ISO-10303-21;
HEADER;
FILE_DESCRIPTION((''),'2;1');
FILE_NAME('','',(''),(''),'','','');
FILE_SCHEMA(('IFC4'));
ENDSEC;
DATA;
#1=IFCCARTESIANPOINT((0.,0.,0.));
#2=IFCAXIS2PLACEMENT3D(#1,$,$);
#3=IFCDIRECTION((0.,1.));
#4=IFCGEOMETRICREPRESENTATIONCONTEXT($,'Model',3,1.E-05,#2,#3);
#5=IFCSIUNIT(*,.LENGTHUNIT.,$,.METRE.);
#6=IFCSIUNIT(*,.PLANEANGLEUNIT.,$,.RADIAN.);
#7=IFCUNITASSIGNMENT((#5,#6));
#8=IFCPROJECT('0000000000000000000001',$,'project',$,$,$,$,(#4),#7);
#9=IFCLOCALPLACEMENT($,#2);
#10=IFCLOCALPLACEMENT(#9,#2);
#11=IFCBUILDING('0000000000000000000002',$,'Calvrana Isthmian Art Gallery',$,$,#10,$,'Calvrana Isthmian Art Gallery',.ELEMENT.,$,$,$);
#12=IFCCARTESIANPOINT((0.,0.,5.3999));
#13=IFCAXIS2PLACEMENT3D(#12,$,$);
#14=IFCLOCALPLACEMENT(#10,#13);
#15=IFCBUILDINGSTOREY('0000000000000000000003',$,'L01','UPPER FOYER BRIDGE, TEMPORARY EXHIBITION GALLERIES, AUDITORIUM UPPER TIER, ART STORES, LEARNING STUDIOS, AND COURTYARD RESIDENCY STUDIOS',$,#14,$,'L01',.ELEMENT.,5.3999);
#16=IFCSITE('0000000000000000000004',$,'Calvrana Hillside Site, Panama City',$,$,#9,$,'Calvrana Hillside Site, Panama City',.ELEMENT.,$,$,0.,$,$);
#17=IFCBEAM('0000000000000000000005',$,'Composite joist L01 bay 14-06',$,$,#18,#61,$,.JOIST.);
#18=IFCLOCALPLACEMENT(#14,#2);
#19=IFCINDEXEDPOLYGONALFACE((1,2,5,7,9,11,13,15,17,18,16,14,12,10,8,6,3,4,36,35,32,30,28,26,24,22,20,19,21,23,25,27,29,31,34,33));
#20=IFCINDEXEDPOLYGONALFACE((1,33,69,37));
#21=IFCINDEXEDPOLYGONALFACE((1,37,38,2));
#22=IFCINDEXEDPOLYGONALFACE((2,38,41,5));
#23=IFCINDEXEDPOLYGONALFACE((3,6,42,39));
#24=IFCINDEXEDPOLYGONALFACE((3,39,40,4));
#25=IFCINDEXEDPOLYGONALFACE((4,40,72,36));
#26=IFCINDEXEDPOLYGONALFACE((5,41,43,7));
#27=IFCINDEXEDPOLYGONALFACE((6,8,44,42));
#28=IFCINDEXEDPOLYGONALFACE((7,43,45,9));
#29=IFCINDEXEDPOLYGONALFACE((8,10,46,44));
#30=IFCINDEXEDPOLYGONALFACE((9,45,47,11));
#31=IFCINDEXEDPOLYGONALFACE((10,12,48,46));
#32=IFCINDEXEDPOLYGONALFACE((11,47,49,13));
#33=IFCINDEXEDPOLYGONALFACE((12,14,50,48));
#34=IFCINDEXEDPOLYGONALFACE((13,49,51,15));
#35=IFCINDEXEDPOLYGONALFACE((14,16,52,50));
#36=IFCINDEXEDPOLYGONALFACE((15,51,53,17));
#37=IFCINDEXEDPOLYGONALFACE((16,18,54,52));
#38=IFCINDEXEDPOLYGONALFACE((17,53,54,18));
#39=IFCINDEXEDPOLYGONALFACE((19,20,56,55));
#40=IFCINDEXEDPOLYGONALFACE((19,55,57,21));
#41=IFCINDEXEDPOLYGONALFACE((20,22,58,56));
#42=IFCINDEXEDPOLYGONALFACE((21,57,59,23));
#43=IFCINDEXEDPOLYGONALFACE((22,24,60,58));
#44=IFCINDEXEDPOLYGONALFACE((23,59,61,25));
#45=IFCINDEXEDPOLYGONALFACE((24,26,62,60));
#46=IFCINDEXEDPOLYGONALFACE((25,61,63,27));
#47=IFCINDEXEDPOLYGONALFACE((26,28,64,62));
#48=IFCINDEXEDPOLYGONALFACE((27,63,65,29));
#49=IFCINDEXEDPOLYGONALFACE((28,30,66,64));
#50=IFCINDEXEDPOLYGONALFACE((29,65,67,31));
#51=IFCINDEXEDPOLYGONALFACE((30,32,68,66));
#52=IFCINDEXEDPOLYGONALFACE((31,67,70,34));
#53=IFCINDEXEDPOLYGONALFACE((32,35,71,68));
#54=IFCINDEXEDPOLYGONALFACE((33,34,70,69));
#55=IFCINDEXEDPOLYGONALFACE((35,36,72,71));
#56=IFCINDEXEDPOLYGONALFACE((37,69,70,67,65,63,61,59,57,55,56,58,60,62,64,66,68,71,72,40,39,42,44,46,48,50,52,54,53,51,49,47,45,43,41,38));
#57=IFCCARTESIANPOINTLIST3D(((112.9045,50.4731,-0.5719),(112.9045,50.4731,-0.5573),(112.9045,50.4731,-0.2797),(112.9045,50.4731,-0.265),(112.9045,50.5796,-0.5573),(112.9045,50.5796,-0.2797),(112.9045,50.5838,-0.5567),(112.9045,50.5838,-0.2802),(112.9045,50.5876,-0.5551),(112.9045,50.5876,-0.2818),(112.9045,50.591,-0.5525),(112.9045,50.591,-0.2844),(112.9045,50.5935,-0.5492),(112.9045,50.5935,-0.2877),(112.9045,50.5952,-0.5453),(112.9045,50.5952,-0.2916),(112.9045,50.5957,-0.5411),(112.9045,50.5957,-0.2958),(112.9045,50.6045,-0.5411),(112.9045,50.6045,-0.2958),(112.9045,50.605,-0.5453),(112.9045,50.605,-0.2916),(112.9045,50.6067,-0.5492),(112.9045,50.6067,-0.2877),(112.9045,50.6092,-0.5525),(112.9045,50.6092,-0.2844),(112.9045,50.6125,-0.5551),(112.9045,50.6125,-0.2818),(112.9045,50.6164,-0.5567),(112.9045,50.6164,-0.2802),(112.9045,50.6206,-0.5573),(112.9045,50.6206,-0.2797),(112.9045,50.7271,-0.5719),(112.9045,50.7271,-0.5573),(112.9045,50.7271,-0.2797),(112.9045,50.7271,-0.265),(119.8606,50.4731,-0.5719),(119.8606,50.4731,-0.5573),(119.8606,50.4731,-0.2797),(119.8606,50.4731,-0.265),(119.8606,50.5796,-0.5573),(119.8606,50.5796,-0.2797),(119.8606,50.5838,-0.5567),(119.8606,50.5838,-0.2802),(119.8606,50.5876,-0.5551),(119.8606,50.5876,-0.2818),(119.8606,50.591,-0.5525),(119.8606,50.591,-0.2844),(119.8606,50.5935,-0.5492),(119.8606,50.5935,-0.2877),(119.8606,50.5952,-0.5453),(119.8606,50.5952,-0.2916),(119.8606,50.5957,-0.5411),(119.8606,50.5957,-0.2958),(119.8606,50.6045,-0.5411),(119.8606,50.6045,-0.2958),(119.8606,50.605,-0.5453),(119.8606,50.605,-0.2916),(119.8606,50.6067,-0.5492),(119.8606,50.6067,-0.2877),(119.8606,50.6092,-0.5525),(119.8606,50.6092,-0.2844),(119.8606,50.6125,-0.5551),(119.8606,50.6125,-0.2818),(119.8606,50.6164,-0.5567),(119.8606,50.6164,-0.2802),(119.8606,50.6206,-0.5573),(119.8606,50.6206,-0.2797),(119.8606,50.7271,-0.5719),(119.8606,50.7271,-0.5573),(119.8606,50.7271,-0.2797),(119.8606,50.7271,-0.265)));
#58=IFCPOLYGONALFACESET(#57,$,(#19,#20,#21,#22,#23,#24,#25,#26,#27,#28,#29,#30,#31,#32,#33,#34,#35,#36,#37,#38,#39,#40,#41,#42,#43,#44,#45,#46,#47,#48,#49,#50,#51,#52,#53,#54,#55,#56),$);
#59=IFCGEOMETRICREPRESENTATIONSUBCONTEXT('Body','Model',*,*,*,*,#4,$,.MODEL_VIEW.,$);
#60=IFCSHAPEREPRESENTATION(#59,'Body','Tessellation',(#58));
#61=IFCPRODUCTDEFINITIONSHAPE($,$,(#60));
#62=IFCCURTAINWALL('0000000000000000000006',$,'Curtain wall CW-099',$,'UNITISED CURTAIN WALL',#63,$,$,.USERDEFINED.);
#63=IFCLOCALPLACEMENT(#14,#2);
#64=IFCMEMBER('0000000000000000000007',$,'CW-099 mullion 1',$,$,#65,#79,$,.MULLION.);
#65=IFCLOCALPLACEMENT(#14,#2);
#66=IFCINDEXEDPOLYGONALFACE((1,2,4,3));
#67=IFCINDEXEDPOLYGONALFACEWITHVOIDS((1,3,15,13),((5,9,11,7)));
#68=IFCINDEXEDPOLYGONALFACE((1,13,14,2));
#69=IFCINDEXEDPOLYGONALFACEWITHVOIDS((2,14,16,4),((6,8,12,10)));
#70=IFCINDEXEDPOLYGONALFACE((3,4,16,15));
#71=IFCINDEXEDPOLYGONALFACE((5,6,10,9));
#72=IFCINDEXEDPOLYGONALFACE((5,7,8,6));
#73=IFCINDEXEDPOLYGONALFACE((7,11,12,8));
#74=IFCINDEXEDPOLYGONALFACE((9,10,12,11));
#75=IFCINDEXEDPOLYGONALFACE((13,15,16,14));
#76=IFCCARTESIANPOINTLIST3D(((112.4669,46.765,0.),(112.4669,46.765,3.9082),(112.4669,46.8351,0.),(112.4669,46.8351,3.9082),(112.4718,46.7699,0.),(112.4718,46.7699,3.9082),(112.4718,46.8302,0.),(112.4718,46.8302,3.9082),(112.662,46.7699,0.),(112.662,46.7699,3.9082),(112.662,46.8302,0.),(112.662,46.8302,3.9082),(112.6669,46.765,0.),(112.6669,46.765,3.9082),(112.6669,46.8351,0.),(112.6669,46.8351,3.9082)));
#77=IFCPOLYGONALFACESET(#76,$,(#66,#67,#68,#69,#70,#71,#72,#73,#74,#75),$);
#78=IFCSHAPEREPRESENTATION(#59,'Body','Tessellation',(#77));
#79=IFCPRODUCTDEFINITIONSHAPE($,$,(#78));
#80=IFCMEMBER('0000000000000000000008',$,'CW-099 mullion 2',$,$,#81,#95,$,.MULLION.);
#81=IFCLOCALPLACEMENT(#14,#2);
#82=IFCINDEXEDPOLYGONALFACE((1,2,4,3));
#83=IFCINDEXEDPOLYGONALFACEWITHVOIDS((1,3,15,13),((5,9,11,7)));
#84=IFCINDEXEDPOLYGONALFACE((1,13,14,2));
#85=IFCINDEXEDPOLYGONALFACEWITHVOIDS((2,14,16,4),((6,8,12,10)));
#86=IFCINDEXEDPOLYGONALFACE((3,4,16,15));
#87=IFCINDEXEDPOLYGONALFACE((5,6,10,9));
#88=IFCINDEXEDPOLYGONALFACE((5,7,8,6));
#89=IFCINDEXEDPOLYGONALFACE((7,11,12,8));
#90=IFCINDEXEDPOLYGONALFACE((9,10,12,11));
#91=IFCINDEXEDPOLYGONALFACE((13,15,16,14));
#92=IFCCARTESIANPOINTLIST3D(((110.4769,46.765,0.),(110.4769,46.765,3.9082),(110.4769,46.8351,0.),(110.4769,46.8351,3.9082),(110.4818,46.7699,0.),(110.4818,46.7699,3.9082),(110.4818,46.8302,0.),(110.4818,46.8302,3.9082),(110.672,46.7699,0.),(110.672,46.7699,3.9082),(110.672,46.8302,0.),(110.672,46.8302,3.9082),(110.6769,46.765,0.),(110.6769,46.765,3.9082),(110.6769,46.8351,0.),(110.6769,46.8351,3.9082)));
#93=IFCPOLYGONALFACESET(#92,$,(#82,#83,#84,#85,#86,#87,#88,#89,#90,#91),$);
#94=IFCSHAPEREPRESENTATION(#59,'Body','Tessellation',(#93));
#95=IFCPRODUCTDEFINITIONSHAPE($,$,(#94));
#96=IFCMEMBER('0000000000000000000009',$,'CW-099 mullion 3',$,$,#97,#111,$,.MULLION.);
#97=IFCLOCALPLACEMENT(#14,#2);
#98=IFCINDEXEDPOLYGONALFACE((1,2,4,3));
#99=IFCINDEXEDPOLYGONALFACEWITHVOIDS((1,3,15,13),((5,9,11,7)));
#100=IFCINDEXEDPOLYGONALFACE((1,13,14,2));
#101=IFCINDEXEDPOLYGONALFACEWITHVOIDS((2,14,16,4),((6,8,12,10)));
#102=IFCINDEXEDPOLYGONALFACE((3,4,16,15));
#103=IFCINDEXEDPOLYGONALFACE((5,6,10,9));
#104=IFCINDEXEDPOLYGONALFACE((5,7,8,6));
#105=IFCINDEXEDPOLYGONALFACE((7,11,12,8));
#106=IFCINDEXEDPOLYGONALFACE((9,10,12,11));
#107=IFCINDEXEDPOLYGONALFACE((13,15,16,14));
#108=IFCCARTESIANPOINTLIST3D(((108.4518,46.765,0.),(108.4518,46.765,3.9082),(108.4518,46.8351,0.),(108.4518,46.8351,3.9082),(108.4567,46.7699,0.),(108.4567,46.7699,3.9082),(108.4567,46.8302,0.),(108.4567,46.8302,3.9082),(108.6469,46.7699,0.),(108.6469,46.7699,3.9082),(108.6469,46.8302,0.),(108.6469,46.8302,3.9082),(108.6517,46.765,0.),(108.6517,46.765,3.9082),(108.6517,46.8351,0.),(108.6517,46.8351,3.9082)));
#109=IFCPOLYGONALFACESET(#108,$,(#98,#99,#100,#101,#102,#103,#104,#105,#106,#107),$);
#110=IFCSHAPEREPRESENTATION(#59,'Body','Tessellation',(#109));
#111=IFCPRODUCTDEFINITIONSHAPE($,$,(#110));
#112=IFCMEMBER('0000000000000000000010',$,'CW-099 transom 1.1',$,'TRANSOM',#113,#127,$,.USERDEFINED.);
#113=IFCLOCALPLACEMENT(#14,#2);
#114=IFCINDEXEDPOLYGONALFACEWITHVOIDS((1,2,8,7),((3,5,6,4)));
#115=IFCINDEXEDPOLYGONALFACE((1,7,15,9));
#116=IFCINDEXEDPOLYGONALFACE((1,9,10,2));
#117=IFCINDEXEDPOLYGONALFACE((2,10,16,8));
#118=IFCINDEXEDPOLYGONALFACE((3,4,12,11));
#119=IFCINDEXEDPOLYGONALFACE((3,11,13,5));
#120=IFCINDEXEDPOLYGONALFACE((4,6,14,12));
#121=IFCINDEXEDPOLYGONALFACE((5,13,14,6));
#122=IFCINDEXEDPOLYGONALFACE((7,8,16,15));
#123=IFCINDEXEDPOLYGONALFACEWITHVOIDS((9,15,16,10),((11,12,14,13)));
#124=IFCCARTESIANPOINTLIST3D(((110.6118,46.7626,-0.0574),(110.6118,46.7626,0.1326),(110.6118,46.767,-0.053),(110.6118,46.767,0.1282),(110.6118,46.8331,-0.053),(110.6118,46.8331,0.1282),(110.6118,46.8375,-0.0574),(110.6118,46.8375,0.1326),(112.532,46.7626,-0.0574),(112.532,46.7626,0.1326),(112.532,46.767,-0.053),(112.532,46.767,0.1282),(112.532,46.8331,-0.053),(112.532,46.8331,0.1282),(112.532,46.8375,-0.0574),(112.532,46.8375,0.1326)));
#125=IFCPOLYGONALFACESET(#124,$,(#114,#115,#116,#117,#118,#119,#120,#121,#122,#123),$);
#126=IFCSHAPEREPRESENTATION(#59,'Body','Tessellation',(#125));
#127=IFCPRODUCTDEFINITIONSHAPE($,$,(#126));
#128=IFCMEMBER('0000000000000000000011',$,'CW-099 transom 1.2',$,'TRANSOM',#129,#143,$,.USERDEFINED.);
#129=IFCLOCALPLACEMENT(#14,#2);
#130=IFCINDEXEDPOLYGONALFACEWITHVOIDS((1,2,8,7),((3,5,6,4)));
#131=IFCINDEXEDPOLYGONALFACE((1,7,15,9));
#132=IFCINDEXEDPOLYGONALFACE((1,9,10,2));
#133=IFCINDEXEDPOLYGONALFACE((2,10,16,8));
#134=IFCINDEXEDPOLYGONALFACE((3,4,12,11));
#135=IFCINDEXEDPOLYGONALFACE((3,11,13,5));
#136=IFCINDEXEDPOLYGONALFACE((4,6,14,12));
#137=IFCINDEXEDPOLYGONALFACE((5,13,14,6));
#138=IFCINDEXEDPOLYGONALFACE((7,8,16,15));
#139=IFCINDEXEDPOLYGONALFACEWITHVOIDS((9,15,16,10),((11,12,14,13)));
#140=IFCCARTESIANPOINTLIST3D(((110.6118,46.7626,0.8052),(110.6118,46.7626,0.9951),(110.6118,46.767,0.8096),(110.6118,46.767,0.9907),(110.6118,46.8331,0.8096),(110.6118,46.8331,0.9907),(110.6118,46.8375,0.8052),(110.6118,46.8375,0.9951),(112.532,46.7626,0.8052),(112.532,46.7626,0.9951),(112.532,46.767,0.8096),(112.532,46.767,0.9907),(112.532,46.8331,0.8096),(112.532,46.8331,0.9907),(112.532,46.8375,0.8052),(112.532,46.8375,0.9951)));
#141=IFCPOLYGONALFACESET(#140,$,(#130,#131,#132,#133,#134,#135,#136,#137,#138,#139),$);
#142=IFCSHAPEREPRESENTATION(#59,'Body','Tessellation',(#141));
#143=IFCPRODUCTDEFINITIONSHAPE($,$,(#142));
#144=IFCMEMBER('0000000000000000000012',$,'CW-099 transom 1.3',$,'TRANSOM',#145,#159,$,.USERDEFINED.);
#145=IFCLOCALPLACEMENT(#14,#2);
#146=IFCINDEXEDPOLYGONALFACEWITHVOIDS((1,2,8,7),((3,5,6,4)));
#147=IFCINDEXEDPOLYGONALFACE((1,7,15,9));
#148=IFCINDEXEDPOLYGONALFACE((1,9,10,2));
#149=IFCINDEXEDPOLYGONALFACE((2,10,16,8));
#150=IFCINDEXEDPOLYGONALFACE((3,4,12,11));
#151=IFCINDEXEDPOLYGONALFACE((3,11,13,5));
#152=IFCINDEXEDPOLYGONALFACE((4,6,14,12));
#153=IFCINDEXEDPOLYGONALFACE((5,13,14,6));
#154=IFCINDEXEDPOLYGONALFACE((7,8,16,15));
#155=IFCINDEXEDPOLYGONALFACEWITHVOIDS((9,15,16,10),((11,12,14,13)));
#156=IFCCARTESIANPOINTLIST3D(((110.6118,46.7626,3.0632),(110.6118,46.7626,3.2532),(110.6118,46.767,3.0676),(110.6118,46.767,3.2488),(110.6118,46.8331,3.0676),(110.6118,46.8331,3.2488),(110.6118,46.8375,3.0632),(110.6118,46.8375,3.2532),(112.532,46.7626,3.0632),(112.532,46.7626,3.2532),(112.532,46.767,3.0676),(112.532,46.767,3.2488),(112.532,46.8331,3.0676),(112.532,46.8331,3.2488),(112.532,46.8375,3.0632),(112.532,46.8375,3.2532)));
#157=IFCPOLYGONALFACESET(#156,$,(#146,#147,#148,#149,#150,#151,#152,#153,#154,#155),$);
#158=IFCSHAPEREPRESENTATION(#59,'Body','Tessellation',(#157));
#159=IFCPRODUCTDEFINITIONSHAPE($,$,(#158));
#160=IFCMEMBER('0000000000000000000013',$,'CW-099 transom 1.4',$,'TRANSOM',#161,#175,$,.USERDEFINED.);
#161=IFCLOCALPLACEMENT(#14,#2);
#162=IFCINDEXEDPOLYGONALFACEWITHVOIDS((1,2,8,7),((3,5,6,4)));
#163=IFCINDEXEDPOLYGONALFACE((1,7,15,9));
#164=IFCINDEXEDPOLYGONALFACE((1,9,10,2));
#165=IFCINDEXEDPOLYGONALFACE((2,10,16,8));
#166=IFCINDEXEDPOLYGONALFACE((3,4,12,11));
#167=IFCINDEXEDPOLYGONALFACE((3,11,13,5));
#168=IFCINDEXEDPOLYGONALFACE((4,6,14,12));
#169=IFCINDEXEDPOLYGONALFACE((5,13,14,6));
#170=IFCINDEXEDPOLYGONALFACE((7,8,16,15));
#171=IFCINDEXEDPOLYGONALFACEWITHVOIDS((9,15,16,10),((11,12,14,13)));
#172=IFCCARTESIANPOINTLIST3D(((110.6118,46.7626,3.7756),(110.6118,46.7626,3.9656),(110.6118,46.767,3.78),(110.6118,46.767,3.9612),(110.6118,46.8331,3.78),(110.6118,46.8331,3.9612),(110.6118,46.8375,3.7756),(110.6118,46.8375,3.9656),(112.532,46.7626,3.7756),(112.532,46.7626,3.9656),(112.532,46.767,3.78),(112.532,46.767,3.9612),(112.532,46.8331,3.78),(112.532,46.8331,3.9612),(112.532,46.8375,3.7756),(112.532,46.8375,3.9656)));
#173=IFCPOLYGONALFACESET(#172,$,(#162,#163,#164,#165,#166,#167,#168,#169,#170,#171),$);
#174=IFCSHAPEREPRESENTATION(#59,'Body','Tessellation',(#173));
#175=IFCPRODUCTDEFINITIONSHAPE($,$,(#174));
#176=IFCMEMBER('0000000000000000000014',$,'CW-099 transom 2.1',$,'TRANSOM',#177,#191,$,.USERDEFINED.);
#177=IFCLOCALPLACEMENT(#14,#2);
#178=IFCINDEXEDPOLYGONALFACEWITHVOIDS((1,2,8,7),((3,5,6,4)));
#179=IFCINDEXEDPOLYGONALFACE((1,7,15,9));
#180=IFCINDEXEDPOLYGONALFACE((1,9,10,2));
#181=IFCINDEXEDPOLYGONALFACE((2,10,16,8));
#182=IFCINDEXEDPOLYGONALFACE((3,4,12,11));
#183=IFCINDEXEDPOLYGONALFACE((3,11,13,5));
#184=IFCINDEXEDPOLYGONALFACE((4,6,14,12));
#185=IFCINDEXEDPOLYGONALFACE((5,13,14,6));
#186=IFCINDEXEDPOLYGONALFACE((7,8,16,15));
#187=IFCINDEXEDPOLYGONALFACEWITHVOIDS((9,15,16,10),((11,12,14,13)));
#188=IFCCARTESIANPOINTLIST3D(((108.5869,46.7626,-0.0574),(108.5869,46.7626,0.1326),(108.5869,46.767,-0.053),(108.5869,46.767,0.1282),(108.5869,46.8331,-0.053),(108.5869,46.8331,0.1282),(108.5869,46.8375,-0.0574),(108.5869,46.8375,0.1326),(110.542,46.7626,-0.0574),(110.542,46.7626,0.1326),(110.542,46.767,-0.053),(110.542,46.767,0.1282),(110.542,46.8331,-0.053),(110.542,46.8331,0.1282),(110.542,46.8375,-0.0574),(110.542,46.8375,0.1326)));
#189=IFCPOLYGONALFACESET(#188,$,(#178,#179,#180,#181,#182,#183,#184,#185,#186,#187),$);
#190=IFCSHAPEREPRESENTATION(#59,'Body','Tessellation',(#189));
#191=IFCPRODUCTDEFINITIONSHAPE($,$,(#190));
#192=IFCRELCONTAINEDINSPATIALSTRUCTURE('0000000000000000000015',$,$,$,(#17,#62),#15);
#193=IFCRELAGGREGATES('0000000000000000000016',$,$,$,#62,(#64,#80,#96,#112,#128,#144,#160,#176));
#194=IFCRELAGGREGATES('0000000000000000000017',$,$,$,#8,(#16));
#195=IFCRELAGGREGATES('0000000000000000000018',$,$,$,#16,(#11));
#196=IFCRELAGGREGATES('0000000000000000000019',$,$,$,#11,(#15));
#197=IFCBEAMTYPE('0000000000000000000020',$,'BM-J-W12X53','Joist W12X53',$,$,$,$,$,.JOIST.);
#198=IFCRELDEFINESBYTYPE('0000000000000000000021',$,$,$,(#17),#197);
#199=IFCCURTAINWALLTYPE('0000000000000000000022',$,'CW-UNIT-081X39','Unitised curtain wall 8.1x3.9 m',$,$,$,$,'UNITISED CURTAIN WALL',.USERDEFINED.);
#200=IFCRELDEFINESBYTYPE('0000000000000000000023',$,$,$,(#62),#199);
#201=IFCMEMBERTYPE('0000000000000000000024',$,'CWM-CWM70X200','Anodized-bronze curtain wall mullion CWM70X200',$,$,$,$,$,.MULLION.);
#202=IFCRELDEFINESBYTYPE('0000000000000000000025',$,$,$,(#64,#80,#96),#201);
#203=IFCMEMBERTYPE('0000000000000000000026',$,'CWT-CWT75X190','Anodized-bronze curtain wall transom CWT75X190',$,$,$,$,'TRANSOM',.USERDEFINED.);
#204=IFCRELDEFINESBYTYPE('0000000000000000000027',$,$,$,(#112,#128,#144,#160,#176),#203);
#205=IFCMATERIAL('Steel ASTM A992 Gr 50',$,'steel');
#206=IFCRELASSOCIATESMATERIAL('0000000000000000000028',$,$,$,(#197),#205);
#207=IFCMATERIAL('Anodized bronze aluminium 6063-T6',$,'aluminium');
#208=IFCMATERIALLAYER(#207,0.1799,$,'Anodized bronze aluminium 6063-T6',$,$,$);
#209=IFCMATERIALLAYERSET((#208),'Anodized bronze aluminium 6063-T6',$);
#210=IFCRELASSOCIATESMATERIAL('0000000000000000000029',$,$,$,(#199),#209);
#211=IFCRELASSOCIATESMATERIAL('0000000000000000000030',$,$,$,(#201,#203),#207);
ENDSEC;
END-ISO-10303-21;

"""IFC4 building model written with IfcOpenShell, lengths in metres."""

from ifc_helpers import new_model, si_unit, direction, frame, origin, origin_2d, place, context, subcontext, project, spatial, hollow_rectangle, i_section, extrude, material, layer, layer_set, material_profile, profile_set, type_object, element, aggregate, save


model = new_model("IFC4")

# Units and contexts
model_context = context("Model", 3, precision=1e-05, world=origin(), true_north=direction((0.0, 1.0)))
body_context = subcontext(model_context, "Body", "Model", "MODEL_VIEW")
ifc_project = project(units=[si_unit("LENGTHUNIT", "METRE"), si_unit("PLANEANGLEUNIT", "RADIAN")], contexts=[model_context])

# Site, building, storey
site_placement = place(None, origin())
site = spatial("IfcSite", under=ifc_project, at=site_placement, Name="Calvrana Hillside Site, Panama City", LongName="Calvrana Hillside Site, Panama City", CompositionType="ELEMENT", RefElevation=0.0)
building_placement = place(site_placement, origin())
building = spatial("IfcBuilding", under=site, at=building_placement, Name="Calvrana Isthmian Art Gallery", LongName="Calvrana Isthmian Art Gallery", CompositionType="ELEMENT")
storey_placement = place(building_placement, frame((0.0, 0.0, 5.3999)))
storey = spatial("IfcBuildingStorey", under=building, at=storey_placement, Name="L01", Description="UPPER FOYER BRIDGE, TEMPORARY EXHIBITION GALLERIES, AUDITORIUM UPPER TIER, ART STORES, LEARNING STUDIOS, AND COURTYARD RESIDENCY STUDIOS", LongName="L01", CompositionType="ELEMENT", Elevation=5.3999)

# Shared definitions
ifc_material_1 = material(Name="Steel ASTM A992 Gr 50", Category="steel")

# Beam
ifc_material_profile_1 = material_profile(ifc_material_1, i_section(OverallWidth=0.2539, OverallDepth=0.3069, WebThickness=0.0088, FlangeThickness=0.0146, FilletRadius=0.0161, at=origin_2d()), Name="W12X53")
ifc_profile_set_1 = profile_set([ifc_material_profile_1], Name="Steel ASTM A992 Gr 50")
beam_type_1 = type_object("IfcBeamType", Name="BM-J-W12X53", Description="Joist W12X53", PredefinedType="JOIST", material=ifc_profile_set_1)
beam_1_placement = place(storey_placement, frame((112.9045, 50.6001, -0.4185), z_axis=(1.0, 0.0, 0.0), x_axis=(0.0, 1.0, 0.0)))
element("IfcBeam", 1, at=beam_1_placement, inside=storey, type_object=beam_type_1, Name="Composite joist L01 bay 14-06", PredefinedType="JOIST", context=body_context, shape_type="SweptSolid", body=[
    extrude(i_section(OverallWidth=0.2539, OverallDepth=0.3069, WebThickness=0.0088, FlangeThickness=0.0146, FilletRadius=0.0161, at=origin_2d()), origin(), (0.0, 0.0, 1.0), 6.9561),
])

# Curtain wall, members
ifc_material_2 = material(Name="Anodized bronze aluminium 6063-T6", Category="aluminium")
ifc_layer_1 = layer(ifc_material_2, 0.1799, Name="Anodized bronze aluminium 6063-T6")
ifc_layer_set_1 = layer_set([ifc_layer_1], Name="Anodized bronze aluminium 6063-T6")
curtain_wall_type = type_object("IfcCurtainWallType", Name="CW-UNIT-081X39", Description="Unitised curtain wall 8.1x3.9 m", ElementType="UNITISED CURTAIN WALL", PredefinedType="USERDEFINED", material=ifc_layer_set_1)
curtain_wall_placement = place(storey_placement, origin())
curtain_wall = element("IfcCurtainWall", 2, at=curtain_wall_placement, inside=storey, type_object=curtain_wall_type, Name="Curtain wall CW-099", ObjectType="UNITISED CURTAIN WALL", PredefinedType="USERDEFINED")
ifc_material_profile_2 = material_profile(ifc_material_2, hollow_rectangle(XDim=0.0701, YDim=0.2, WallThickness=0.0049, at=origin_2d()), Name="CWM70X200")
ifc_profile_set_2 = profile_set([ifc_material_profile_2], Name="Anodized bronze aluminium 6063-T6")
member_type_1 = type_object("IfcMemberType", Name="CWM-CWM70X200", Description="Anodized-bronze curtain wall mullion CWM70X200", PredefinedType="MULLION", material=ifc_profile_set_2)
member_1_placement = place(storey_placement, frame((112.5669, 46.8, 0.0), z_axis=(0.0, 0.0, 1.0), x_axis=(0.0, -1.0, 0.0)))
member_1 = element("IfcMember", 3, at=member_1_placement, type_object=member_type_1, Name="CW-099 mullion 1", PredefinedType="MULLION", context=body_context, shape_type="SweptSolid", body=[
    extrude(hollow_rectangle(XDim=0.0701, YDim=0.2, WallThickness=0.0049, at=origin_2d()), origin(), (0.0, 0.0, 1.0), 3.9082),
])
member_2_placement = place(storey_placement, frame((110.5769, 46.8, 0.0), z_axis=(0.0, 0.0, 1.0), x_axis=(0.0, -1.0, 0.0)))
member_2 = element("IfcMember", 4, at=member_2_placement, type_object=member_type_1, Name="CW-099 mullion 2", PredefinedType="MULLION", context=body_context, shape_type="SweptSolid", body=[
    extrude(hollow_rectangle(XDim=0.0701, YDim=0.2, WallThickness=0.0049, at=origin_2d()), origin(), (0.0, 0.0, 1.0), 3.9082),
])
member_3_placement = place(storey_placement, frame((108.5518, 46.8, 0.0), z_axis=(0.0, 0.0, 1.0), x_axis=(0.0, -1.0, 0.0)))
member_3 = element("IfcMember", 5, at=member_3_placement, type_object=member_type_1, Name="CW-099 mullion 3", PredefinedType="MULLION", context=body_context, shape_type="SweptSolid", body=[
    extrude(hollow_rectangle(XDim=0.0701, YDim=0.2, WallThickness=0.0049, at=origin_2d()), origin(), (0.0, 0.0, 1.0), 3.9082),
])
ifc_material_profile_3 = material_profile(ifc_material_2, hollow_rectangle(XDim=0.075, YDim=0.1899, WallThickness=0.0044, at=origin_2d()), Name="CWT75X190")
ifc_profile_set_3 = profile_set([ifc_material_profile_3], Name="Anodized bronze aluminium 6063-T6")
member_type_2 = type_object("IfcMemberType", Name="CWT-CWT75X190", Description="Anodized-bronze curtain wall transom CWT75X190", ElementType="TRANSOM", PredefinedType="USERDEFINED", material=ifc_profile_set_3)
member_4_placement = place(storey_placement, frame((112.532, 46.8, 0.0376), z_axis=(-1.0, 0.0, 0.0), x_axis=(0.0, -1.0, 0.0)))
member_4 = element("IfcMember", 6, at=member_4_placement, type_object=member_type_2, Name="CW-099 transom 1.1", ObjectType="TRANSOM", PredefinedType="USERDEFINED", context=body_context, shape_type="SweptSolid", body=[
    extrude(hollow_rectangle(XDim=0.075, YDim=0.1899, WallThickness=0.0044, at=origin_2d()), origin(), (0.0, 0.0, 1.0), 1.9202),
])
member_5_placement = place(storey_placement, frame((112.532, 46.8, 0.9001), z_axis=(-1.0, 0.0, 0.0), x_axis=(0.0, -1.0, 0.0)))
member_5 = element("IfcMember", 7, at=member_5_placement, type_object=member_type_2, Name="CW-099 transom 1.2", ObjectType="TRANSOM", PredefinedType="USERDEFINED", context=body_context, shape_type="SweptSolid", body=[
    extrude(hollow_rectangle(XDim=0.075, YDim=0.1899, WallThickness=0.0044, at=origin_2d()), origin(), (0.0, 0.0, 1.0), 1.9202),
])
member_6_placement = place(storey_placement, frame((112.532, 46.8, 3.1582), z_axis=(-1.0, 0.0, 0.0), x_axis=(0.0, -1.0, 0.0)))
member_6 = element("IfcMember", 8, at=member_6_placement, type_object=member_type_2, Name="CW-099 transom 1.3", ObjectType="TRANSOM", PredefinedType="USERDEFINED", context=body_context, shape_type="SweptSolid", body=[
    extrude(hollow_rectangle(XDim=0.075, YDim=0.1899, WallThickness=0.0044, at=origin_2d()), origin(), (0.0, 0.0, 1.0), 1.9202),
])
member_7_placement = place(storey_placement, frame((112.532, 46.8, 3.8706), z_axis=(-1.0, 0.0, 0.0), x_axis=(0.0, -1.0, 0.0)))
member_7 = element("IfcMember", 9, at=member_7_placement, type_object=member_type_2, Name="CW-099 transom 1.4", ObjectType="TRANSOM", PredefinedType="USERDEFINED", context=body_context, shape_type="SweptSolid", body=[
    extrude(hollow_rectangle(XDim=0.075, YDim=0.1899, WallThickness=0.0044, at=origin_2d()), origin(), (0.0, 0.0, 1.0), 1.9202),
])
member_8_placement = place(storey_placement, frame((110.542, 46.8, 0.0376), z_axis=(-1.0, 0.0, 0.0), x_axis=(0.0, -1.0, 0.0)))
member_8 = element("IfcMember", 10, at=member_8_placement, type_object=member_type_2, Name="CW-099 transom 2.1", ObjectType="TRANSOM", PredefinedType="USERDEFINED", context=body_context, shape_type="SweptSolid", body=[
    extrude(hollow_rectangle(XDim=0.075, YDim=0.1899, WallThickness=0.0044, at=origin_2d()), origin(), (0.0, 0.0, 1.0), 1.9551),
])
aggregate(curtain_wall, [member_1, member_2, member_3, member_4, member_5, member_6, member_7, member_8])

save(model, "model.ifc")
